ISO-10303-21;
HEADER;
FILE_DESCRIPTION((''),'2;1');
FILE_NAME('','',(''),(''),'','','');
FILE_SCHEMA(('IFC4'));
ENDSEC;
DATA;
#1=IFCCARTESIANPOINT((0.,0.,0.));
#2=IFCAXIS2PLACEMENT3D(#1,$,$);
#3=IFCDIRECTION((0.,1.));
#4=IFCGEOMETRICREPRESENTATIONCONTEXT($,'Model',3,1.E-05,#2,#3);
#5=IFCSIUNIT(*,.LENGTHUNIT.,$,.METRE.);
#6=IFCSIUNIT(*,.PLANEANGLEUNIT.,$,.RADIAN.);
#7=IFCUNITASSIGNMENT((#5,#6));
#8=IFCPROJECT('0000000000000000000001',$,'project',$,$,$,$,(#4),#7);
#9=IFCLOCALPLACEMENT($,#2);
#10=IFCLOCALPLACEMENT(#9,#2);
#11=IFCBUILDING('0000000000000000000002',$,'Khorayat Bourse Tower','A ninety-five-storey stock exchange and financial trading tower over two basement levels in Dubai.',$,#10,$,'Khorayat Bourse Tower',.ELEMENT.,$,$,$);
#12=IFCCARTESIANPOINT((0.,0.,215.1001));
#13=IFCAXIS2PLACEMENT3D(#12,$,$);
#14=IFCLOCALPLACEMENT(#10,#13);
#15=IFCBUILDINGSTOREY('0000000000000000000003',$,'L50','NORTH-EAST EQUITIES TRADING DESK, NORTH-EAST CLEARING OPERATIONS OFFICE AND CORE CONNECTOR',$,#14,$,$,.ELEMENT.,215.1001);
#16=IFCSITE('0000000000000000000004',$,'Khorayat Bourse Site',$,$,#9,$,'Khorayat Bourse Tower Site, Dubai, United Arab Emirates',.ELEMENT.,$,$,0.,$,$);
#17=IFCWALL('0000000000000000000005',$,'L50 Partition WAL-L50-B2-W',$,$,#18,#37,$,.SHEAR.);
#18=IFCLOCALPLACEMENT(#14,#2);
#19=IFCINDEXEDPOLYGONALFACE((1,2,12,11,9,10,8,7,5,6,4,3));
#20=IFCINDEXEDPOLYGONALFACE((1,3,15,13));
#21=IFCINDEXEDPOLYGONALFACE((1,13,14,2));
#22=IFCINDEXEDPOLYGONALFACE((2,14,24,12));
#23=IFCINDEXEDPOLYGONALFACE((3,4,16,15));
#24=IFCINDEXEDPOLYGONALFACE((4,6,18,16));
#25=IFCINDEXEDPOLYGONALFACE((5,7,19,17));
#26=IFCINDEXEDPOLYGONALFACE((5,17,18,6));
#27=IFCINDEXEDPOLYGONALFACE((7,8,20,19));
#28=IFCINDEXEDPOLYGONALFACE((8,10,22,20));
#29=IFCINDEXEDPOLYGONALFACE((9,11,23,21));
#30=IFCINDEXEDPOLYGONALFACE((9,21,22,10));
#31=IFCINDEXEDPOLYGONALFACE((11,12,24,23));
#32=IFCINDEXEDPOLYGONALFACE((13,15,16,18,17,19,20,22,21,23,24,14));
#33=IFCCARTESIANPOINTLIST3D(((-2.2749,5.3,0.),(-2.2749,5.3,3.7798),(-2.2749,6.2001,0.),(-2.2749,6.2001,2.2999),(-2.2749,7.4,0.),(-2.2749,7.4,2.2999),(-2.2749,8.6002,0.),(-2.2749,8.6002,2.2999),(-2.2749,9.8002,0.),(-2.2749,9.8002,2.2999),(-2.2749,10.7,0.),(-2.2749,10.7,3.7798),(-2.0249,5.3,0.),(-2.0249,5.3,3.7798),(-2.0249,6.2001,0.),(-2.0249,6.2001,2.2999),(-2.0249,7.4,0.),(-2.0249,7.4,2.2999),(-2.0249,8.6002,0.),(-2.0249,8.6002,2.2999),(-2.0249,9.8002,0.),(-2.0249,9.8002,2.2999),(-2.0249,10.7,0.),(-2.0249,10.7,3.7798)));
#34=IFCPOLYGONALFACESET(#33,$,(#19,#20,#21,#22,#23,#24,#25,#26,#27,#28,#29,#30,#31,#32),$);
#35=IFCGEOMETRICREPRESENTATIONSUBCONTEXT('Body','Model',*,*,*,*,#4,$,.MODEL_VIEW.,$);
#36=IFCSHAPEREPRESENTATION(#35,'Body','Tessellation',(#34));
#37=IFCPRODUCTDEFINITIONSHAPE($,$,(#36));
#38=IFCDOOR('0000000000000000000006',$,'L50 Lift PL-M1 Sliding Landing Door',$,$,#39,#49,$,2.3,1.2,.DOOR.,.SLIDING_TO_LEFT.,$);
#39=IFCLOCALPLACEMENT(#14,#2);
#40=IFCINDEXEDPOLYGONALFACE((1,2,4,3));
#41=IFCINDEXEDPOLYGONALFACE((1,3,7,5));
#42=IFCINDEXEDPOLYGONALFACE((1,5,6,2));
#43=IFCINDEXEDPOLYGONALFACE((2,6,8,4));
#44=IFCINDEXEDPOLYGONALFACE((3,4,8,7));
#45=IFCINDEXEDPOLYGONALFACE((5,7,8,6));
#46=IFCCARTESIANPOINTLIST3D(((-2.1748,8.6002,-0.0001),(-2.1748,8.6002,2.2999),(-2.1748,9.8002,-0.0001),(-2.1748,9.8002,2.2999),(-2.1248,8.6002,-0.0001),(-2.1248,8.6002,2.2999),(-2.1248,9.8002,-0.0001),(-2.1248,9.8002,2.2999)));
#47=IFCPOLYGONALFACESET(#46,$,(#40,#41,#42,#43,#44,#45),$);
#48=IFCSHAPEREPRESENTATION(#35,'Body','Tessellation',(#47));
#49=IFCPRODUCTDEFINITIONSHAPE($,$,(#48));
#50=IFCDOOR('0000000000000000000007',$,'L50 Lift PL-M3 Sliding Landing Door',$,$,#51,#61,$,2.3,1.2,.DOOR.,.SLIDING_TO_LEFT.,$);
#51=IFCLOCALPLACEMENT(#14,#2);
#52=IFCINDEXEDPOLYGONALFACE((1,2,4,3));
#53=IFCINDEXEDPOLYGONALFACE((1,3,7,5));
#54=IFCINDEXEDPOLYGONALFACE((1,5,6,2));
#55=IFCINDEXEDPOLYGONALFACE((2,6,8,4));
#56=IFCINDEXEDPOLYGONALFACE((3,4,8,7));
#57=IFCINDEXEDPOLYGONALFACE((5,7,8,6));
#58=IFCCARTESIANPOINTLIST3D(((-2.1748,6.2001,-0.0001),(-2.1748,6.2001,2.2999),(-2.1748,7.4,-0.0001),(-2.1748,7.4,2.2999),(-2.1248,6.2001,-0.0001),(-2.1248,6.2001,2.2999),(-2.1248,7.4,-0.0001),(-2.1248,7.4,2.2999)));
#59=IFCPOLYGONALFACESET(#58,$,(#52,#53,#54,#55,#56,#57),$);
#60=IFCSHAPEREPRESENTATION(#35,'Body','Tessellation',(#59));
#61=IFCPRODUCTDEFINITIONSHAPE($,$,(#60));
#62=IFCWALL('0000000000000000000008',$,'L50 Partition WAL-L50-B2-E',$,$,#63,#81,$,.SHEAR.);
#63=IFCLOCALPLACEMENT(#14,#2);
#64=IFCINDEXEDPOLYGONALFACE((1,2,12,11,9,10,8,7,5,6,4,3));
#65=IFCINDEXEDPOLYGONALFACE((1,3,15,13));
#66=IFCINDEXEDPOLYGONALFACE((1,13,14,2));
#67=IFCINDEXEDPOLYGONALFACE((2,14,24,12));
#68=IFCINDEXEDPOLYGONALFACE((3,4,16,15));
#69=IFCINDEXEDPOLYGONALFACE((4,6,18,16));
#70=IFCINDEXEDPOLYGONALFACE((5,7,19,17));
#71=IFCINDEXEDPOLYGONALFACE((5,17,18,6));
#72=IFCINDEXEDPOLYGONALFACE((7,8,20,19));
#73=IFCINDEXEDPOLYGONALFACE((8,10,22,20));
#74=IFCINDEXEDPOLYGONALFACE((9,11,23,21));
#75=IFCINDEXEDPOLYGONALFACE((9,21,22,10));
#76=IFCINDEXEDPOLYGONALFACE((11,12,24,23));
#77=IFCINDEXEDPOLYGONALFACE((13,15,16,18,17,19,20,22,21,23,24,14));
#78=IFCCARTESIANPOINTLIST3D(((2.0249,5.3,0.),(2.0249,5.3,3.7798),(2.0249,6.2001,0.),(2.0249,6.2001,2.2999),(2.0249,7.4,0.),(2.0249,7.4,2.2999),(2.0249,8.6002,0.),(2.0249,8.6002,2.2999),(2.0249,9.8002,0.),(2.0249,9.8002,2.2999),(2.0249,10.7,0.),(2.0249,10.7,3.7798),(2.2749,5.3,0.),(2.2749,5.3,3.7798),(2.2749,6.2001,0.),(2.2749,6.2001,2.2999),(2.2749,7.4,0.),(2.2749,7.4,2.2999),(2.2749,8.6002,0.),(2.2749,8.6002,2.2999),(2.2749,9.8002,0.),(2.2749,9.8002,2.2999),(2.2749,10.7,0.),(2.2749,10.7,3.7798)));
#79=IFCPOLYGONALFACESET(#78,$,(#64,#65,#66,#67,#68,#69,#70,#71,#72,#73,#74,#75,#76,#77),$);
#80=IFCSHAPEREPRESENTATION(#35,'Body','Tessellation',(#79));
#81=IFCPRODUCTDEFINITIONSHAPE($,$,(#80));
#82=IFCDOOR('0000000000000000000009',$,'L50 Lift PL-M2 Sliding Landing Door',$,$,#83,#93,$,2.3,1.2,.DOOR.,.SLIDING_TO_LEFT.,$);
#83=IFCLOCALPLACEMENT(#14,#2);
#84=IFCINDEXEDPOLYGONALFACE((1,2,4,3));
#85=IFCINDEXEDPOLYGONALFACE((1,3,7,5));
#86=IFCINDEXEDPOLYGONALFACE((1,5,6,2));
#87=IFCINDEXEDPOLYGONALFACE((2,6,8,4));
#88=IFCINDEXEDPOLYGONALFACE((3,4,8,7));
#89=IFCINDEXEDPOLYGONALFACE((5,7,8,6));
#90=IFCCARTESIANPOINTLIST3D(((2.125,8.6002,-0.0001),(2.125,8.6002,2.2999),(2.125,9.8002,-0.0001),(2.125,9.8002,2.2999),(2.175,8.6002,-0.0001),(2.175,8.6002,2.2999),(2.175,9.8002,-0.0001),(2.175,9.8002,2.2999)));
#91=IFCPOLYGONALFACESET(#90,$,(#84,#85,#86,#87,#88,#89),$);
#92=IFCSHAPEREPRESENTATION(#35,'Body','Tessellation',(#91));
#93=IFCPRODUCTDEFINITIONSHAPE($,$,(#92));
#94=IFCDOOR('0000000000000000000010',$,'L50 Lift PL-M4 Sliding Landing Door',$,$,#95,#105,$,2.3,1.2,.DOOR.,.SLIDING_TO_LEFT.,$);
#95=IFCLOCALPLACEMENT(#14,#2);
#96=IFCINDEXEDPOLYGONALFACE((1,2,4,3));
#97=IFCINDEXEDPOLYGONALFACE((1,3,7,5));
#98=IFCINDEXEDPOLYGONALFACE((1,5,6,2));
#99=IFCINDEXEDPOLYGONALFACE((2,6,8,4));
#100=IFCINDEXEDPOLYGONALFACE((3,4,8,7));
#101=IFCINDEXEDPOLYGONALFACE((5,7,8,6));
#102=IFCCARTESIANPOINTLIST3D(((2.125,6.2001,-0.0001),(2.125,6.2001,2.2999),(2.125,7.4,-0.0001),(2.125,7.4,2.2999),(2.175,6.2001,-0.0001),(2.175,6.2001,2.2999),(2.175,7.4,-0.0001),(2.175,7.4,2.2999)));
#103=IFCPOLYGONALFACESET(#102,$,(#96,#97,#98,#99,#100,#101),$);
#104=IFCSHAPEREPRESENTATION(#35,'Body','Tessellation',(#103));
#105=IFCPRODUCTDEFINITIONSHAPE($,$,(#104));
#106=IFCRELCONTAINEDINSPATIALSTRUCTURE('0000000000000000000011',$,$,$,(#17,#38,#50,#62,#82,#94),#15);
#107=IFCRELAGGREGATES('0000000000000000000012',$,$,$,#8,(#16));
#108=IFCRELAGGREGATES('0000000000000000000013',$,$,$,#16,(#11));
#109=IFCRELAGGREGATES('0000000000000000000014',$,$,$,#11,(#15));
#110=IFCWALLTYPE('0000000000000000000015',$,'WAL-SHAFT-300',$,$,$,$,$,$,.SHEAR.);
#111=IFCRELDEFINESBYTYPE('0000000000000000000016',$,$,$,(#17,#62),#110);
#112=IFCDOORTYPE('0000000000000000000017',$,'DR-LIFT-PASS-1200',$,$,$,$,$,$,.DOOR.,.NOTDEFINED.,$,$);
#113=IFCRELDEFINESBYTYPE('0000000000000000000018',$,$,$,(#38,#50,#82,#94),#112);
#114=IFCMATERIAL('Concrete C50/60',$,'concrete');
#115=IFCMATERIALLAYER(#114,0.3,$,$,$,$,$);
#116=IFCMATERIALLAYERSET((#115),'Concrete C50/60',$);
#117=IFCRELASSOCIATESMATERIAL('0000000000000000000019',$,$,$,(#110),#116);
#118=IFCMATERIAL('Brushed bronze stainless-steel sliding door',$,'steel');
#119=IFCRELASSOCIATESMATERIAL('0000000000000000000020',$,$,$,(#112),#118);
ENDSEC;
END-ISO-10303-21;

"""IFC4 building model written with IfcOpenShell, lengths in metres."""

from ifc_helpers import new_model, si_unit, direction, frame, frame_2d, origin, place, context, subcontext, project, spatial, rectangle, extrude, source, transform, mapped, material, layer, layer_set, type_object, element, fill, save


model = new_model("IFC4")

# Units and contexts
model_context = context("Model", 3, precision=1e-05, world=origin(), true_north=direction((0.0, 1.0)))
body_context = subcontext(model_context, "Body", "Model", "MODEL_VIEW")
ifc_project = project(units=[si_unit("LENGTHUNIT", "METRE"), si_unit("PLANEANGLEUNIT", "RADIAN")], contexts=[model_context])

# Site, building, storey
site_placement = place(None, origin())
site = spatial("IfcSite", under=ifc_project, at=site_placement, Name="Khorayat Bourse Site", LongName="Khorayat Bourse Tower Site, Dubai, United Arab Emirates", CompositionType="ELEMENT", RefElevation=0.0)
building_placement = place(site_placement, origin())
building = spatial("IfcBuilding", under=site, at=building_placement, Name="Khorayat Bourse Tower", Description="A ninety-five-storey stock exchange and financial trading tower over two basement levels in Dubai.", LongName="Khorayat Bourse Tower", CompositionType="ELEMENT")
storey_placement = place(building_placement, frame((0.0, 0.0, 215.1001)))
storey = spatial("IfcBuildingStorey", under=building, at=storey_placement, Name="L50", Description="NORTH-EAST EQUITIES TRADING DESK, NORTH-EAST CLEARING OPERATIONS OFFICE AND CORE CONNECTOR", CompositionType="ELEMENT", Elevation=215.1001)

# Shared definitions
ifc_material_1 = material(Name="Concrete C50/60", Category="concrete")
ifc_layer_1 = layer(ifc_material_1, 0.3)
ifc_layer_set_1 = layer_set([ifc_layer_1], Name="Concrete C50/60")
wall_type_1 = type_object("IfcWallType", Name="WAL-SHAFT-300", PredefinedType="SHEAR", material=ifc_layer_set_1)

# Walls, openings, doors
shared_shape_1 = source(origin(), body_context, "Body", "SweptSolid", [
    extrude(rectangle(XDim=5.3999, YDim=0.25, at=frame_2d((2.7, 0.0))), origin(), (0.0, 0.0, 1.0), 3.7798),
])
wall_1_placement = place(storey_placement, frame((-2.1499, 5.3, 0.0), z_axis=(0.0, 0.0, 1.0), x_axis=(0.0, 1.0, 0.0)))
wall_1 = element("IfcWall", 1, at=wall_1_placement, inside=storey, type_object=wall_type_1, Name="L50 Partition WAL-L50-B2-W", PredefinedType="SHEAR", context=body_context, shape_type="MappedRepresentation", body=[
    mapped(shared_shape_1, transform((0.0, 0.0, 0.0), scale=1.0)),
])
shared_shape_2 = source(origin(), body_context, "Body", "SweptSolid", [
    extrude(rectangle(XDim=1.2, YDim=2.3, at=frame_2d((0.6001, 1.1499))), frame((0.0, 0.135, 0.0), z_axis=(0.0, -1.0, 0.0), x_axis=(1.0, 0.0, 0.0)), (0.0, 0.0, 1.0), 0.27),
])
opening_1_placement = place(wall_1_placement, frame((3.3, 0.0, 0.0)))
opening_1 = element("IfcOpeningElement", 2, at=opening_1_placement, cuts=wall_1, PredefinedType="OPENING", context=body_context, shape_type="MappedRepresentation", body=[
    mapped(shared_shape_2, transform((0.0, 0.0, 0.0), scale=1.0)),
])
opening_2_placement = place(wall_1_placement, frame((0.8999, 0.0, 0.0)))
opening_2 = element("IfcOpeningElement", 3, at=opening_2_placement, cuts=wall_1, PredefinedType="OPENING", context=body_context, shape_type="MappedRepresentation", body=[
    mapped(shared_shape_2, transform((0.0, 0.0, 0.0), scale=1.0)),
])
ifc_material_2 = material(Name="Brushed bronze stainless-steel sliding door", Category="steel")
door_type_1 = type_object("IfcDoorType", Name="DR-LIFT-PASS-1200", OperationType="NOTDEFINED", PredefinedType="DOOR", material=ifc_material_2)
shared_shape_3 = source(origin(), body_context, "Body", "SweptSolid", [
    extrude(rectangle(XDim=1.2, YDim=2.3, at=frame_2d((0.6001, 1.1499))), frame((0.0, 0.0249, 0.0), z_axis=(0.0, -1.0, 0.0), x_axis=(1.0, 0.0, 0.0)), (0.0, 0.0, 1.0), 0.05),
])
door_1_placement = place(opening_1_placement, origin())
door_1 = element("IfcDoor", 4, at=door_1_placement, inside=storey, type_object=door_type_1, Name="L50 Lift PL-M1 Sliding Landing Door", OperationType="SLIDING_TO_LEFT", OverallHeight=2.3, OverallWidth=1.2, PredefinedType="DOOR", context=body_context, shape_type="MappedRepresentation", body=[
    mapped(shared_shape_3, transform((0.0, 0.0, 0.0), scale=1.0)),
])
fill(opening_1, door_1)
door_2_placement = place(opening_2_placement, origin())
door_2 = element("IfcDoor", 5, at=door_2_placement, inside=storey, type_object=door_type_1, Name="L50 Lift PL-M3 Sliding Landing Door", OperationType="SLIDING_TO_LEFT", OverallHeight=2.3, OverallWidth=1.2, PredefinedType="DOOR", context=body_context, shape_type="MappedRepresentation", body=[
    mapped(shared_shape_3, transform((0.0, 0.0, 0.0), scale=1.0)),
])
fill(opening_2, door_2)
wall_2_placement = place(storey_placement, frame((2.1499, 5.3, 0.0), z_axis=(0.0, 0.0, 1.0), x_axis=(0.0, 1.0, 0.0)))
wall_2 = element("IfcWall", 6, at=wall_2_placement, inside=storey, type_object=wall_type_1, Name="L50 Partition WAL-L50-B2-E", PredefinedType="SHEAR", context=body_context, shape_type="MappedRepresentation", body=[
    mapped(shared_shape_1, transform((0.0, 0.0, 0.0), scale=1.0)),
])
opening_3_placement = place(wall_2_placement, frame((3.3, 0.0, 0.0)))
opening_3 = element("IfcOpeningElement", 7, at=opening_3_placement, cuts=wall_2, PredefinedType="OPENING", context=body_context, shape_type="MappedRepresentation", body=[
    mapped(shared_shape_2, transform((0.0, 0.0, 0.0), scale=1.0)),
])
opening_4_placement = place(wall_2_placement, frame((0.8999, 0.0, 0.0)))
opening_4 = element("IfcOpeningElement", 8, at=opening_4_placement, cuts=wall_2, PredefinedType="OPENING", context=body_context, shape_type="MappedRepresentation", body=[
    mapped(shared_shape_2, transform((0.0, 0.0, 0.0), scale=1.0)),
])
door_3_placement = place(opening_3_placement, origin())
door_3 = element("IfcDoor", 9, at=door_3_placement, inside=storey, type_object=door_type_1, Name="L50 Lift PL-M2 Sliding Landing Door", OperationType="SLIDING_TO_LEFT", OverallHeight=2.3, OverallWidth=1.2, PredefinedType="DOOR", context=body_context, shape_type="MappedRepresentation", body=[
    mapped(shared_shape_3, transform((0.0, 0.0, 0.0), scale=1.0)),
])
fill(opening_3, door_3)
door_4_placement = place(opening_4_placement, origin())
door_4 = element("IfcDoor", 10, at=door_4_placement, inside=storey, type_object=door_type_1, Name="L50 Lift PL-M4 Sliding Landing Door", OperationType="SLIDING_TO_LEFT", OverallHeight=2.3, OverallWidth=1.2, PredefinedType="DOOR", context=body_context, shape_type="MappedRepresentation", body=[
    mapped(shared_shape_3, transform((0.0, 0.0, 0.0), scale=1.0)),
])
fill(opening_4, door_4)

save(model, "model.ifc")
